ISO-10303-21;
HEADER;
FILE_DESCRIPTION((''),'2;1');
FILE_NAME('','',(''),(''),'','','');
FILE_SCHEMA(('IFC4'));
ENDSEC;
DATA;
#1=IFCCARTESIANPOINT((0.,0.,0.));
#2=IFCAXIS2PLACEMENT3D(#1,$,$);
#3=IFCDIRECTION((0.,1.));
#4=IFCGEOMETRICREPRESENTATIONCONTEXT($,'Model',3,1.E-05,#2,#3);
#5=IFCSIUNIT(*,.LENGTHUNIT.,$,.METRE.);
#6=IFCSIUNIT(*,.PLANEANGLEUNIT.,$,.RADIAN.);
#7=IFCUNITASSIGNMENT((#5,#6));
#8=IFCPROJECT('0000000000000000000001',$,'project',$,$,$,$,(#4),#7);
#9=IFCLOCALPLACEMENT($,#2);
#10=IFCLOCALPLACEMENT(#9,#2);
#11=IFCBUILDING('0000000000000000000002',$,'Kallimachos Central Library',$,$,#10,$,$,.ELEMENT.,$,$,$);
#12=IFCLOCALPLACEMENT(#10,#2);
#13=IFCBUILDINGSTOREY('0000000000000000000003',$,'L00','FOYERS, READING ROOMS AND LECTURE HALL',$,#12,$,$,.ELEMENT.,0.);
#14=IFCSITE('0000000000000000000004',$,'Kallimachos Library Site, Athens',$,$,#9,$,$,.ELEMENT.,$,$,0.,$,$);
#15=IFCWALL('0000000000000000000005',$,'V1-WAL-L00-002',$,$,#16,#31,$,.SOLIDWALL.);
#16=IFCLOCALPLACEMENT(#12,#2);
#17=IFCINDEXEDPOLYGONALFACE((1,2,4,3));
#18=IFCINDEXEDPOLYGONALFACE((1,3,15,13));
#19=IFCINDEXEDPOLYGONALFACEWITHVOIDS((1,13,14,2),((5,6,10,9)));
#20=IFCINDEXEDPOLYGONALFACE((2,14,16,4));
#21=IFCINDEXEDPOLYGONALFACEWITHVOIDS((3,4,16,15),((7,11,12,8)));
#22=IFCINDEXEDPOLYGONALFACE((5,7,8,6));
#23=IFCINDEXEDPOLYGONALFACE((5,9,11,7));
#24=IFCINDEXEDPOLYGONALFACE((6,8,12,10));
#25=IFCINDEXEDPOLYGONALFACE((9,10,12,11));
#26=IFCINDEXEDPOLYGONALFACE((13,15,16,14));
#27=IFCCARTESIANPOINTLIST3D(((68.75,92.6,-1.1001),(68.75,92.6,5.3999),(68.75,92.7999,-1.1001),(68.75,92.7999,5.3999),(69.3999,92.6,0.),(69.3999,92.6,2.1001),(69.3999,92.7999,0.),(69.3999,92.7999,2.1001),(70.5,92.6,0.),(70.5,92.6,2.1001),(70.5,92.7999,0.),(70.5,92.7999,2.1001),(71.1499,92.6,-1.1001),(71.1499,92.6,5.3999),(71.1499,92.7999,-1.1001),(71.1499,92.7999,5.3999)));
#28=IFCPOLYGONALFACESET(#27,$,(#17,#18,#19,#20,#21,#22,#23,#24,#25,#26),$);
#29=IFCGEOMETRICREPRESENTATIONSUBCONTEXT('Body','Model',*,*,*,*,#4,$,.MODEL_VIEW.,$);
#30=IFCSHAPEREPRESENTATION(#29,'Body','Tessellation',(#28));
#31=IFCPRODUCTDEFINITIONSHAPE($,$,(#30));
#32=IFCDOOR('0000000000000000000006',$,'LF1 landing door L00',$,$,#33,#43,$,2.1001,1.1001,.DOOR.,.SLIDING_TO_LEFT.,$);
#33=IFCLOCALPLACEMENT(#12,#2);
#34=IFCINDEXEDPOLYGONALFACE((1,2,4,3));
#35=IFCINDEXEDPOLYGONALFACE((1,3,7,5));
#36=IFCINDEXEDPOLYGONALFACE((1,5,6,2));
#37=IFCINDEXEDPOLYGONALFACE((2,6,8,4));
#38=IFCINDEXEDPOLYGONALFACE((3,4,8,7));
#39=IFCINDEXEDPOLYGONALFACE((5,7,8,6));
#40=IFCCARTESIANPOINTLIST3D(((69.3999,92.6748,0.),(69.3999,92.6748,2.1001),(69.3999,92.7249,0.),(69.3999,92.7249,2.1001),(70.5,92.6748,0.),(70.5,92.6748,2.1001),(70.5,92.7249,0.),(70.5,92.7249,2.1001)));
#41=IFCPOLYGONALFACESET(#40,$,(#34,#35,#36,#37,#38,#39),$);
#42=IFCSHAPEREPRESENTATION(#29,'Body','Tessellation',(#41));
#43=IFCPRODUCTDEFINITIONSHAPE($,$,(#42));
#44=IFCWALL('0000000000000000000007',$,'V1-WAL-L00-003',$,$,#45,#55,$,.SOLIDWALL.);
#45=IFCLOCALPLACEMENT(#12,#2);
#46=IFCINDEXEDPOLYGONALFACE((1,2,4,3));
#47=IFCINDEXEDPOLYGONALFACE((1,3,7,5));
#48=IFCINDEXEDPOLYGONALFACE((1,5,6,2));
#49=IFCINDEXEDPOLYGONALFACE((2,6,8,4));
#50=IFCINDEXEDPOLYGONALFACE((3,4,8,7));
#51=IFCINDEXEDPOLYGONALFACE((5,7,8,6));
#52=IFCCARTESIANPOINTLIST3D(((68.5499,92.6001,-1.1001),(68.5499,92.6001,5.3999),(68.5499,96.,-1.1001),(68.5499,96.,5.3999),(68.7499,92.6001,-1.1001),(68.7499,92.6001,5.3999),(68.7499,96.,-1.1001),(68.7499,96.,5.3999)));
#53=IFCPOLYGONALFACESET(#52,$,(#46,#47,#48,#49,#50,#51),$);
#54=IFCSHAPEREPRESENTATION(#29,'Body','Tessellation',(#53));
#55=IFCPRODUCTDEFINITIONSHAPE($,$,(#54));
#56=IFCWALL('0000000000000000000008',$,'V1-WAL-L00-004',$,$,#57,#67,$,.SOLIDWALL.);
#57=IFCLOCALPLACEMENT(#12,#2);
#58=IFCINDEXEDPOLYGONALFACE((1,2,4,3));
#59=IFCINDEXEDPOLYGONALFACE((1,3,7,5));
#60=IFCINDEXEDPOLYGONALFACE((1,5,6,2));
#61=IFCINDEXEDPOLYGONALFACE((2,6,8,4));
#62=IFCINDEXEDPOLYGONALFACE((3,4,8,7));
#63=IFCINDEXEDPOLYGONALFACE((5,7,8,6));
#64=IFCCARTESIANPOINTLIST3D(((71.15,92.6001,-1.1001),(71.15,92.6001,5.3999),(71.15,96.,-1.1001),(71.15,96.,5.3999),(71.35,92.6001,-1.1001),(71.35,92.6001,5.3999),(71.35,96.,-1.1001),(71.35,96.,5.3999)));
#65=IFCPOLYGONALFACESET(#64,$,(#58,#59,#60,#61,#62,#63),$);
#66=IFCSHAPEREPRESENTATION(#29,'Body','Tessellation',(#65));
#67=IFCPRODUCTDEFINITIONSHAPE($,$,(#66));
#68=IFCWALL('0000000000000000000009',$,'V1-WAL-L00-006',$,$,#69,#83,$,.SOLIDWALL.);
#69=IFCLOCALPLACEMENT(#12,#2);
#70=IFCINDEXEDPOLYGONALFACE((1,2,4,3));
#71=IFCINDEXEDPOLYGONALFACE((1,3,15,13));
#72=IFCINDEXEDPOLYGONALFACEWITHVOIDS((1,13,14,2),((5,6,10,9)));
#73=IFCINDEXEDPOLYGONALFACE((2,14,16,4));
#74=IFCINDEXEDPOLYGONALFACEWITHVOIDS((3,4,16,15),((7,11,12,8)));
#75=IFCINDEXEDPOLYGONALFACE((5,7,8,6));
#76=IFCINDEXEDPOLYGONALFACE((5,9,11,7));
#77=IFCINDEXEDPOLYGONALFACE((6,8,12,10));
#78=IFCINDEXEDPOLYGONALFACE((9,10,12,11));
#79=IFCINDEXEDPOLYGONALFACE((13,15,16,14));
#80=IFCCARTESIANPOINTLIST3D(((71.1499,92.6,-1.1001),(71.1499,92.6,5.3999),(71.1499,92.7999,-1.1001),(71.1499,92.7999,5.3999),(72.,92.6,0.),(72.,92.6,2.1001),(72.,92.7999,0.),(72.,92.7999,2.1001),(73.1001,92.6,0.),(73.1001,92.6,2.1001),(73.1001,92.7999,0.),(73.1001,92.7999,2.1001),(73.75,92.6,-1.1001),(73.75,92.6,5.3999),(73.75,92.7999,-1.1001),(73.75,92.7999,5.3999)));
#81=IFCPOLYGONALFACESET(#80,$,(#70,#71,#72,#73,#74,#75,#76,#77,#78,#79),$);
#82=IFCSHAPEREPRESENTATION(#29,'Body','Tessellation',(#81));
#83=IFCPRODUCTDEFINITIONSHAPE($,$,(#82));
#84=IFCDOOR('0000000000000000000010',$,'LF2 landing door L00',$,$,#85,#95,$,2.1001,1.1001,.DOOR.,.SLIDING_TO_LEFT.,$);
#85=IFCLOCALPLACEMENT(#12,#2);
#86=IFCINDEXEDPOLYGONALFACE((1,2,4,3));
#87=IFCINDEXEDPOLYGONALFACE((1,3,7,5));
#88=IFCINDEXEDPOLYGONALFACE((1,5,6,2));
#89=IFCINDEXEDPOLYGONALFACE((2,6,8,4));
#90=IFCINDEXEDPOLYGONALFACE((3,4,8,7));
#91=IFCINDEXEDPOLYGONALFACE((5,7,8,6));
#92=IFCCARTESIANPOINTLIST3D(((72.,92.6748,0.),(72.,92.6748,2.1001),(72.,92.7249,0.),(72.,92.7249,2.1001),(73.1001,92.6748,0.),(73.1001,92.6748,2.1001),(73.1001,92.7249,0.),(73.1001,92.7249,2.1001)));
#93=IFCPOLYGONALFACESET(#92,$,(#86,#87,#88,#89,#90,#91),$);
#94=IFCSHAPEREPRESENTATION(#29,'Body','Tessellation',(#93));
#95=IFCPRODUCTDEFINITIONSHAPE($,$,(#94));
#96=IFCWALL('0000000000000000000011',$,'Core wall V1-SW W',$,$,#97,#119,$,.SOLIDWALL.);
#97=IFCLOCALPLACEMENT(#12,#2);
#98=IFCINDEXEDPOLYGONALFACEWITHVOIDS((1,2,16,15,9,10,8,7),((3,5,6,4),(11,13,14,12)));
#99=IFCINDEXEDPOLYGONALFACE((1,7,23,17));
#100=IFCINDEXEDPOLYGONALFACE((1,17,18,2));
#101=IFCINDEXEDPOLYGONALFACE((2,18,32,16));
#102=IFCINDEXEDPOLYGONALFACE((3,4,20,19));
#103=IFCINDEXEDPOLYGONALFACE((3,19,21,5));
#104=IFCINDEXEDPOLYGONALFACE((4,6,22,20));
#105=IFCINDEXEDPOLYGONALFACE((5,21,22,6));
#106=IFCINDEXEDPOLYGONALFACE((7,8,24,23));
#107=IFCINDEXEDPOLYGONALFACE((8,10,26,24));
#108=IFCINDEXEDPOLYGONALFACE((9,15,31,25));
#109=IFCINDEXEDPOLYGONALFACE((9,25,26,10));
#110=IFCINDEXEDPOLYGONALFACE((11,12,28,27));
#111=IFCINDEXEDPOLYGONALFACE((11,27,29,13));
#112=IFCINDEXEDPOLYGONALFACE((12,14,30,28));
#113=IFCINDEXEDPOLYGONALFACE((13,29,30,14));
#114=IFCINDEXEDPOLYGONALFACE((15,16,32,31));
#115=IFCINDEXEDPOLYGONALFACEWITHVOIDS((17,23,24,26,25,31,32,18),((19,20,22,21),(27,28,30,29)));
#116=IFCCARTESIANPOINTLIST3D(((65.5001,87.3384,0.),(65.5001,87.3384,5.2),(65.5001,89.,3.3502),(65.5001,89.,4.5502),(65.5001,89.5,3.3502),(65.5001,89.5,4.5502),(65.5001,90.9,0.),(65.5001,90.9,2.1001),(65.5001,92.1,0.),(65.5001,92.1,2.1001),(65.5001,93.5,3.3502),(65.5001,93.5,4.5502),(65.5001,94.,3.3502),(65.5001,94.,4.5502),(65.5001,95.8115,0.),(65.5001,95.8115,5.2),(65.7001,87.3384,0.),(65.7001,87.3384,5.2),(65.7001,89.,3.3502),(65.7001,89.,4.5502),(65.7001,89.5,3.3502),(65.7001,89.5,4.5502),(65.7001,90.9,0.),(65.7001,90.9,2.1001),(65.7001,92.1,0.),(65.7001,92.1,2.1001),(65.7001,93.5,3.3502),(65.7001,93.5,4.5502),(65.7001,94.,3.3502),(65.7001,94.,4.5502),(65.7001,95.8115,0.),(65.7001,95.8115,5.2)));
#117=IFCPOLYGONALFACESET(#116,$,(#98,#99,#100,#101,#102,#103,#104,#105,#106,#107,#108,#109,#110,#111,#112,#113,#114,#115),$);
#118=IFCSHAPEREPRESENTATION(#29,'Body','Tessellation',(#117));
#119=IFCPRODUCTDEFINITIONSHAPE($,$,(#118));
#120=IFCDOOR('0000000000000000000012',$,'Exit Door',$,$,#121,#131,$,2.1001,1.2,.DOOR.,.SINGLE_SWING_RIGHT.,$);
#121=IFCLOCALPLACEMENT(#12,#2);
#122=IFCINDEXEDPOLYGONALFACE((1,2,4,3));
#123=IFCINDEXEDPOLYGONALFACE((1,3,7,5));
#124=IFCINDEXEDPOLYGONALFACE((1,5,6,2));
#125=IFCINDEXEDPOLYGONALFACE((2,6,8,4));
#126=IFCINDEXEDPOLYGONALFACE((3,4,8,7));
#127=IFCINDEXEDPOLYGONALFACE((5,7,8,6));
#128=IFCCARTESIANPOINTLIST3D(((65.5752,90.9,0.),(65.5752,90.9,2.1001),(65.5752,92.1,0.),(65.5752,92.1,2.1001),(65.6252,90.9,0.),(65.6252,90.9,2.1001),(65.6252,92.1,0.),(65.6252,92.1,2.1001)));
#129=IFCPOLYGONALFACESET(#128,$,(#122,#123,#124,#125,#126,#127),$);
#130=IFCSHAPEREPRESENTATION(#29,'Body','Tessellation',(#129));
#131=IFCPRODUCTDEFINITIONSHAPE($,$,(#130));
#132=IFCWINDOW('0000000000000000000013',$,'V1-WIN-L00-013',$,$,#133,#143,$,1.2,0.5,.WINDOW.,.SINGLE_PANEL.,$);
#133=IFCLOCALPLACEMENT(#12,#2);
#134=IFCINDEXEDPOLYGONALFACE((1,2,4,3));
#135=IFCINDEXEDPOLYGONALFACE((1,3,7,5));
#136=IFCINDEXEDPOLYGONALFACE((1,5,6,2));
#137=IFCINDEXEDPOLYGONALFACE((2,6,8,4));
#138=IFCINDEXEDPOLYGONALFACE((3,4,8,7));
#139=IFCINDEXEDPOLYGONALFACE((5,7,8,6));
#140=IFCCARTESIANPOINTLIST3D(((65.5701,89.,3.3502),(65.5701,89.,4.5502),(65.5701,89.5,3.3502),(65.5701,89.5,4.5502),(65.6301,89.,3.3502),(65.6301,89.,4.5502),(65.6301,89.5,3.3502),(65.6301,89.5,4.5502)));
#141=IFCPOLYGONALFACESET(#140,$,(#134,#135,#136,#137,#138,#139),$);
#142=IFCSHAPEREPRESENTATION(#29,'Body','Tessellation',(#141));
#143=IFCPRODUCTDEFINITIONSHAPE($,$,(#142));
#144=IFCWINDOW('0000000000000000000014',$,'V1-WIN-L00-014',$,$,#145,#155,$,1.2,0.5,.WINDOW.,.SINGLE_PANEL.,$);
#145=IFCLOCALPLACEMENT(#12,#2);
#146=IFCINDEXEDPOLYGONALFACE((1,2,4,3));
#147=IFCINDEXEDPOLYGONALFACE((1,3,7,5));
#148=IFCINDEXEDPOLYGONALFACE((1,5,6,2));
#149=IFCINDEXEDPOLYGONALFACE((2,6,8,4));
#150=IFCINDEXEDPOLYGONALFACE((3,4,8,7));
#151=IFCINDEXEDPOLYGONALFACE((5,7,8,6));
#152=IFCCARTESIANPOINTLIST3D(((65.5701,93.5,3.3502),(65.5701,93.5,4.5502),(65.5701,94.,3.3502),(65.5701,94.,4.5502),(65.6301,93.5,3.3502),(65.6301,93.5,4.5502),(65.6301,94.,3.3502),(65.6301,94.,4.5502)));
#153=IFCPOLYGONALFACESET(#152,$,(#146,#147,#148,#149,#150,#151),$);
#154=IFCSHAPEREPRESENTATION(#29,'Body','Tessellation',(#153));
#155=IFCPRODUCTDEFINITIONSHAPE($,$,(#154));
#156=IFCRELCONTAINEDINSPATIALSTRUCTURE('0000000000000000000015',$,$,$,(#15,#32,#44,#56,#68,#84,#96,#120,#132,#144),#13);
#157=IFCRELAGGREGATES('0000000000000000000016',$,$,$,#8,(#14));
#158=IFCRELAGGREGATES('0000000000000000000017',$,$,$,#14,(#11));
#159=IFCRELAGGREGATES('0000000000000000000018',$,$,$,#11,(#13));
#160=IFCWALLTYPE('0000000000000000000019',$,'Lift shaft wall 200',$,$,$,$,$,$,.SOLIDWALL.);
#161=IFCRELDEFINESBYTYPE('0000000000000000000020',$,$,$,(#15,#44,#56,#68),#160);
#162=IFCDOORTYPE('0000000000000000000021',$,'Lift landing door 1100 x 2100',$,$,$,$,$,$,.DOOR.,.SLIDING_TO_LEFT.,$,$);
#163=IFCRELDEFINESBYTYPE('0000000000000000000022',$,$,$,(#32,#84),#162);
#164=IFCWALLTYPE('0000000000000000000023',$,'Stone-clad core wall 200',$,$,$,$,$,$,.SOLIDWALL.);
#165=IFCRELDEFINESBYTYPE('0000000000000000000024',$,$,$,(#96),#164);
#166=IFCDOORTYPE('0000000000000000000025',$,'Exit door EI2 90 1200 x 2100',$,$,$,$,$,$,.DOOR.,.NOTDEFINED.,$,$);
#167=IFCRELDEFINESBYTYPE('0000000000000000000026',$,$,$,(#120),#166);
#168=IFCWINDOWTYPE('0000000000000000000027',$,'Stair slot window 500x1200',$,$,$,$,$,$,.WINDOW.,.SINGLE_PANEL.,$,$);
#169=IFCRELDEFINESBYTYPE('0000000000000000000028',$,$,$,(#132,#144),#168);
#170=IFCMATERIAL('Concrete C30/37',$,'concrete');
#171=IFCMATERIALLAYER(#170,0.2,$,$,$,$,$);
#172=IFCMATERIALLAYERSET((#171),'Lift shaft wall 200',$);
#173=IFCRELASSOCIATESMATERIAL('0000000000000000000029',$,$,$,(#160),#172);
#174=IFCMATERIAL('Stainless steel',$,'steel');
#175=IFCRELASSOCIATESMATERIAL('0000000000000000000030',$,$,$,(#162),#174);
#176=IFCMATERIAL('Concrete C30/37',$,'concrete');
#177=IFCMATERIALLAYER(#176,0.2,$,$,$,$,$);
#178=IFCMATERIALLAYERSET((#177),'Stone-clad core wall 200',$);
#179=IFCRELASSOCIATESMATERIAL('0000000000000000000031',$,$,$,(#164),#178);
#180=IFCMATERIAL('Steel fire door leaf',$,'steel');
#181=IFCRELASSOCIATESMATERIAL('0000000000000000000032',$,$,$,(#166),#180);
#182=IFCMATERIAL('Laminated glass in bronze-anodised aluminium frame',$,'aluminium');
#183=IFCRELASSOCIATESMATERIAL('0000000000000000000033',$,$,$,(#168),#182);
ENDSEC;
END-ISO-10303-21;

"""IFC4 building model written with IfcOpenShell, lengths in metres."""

from ifc_helpers import new_model, si_unit, direction, frame, frame_2d, origin, place, context, subcontext, project, spatial, rectangle, extrude, material, layer, layer_set, type_object, element, fill, save


model = new_model("IFC4")

# Units and contexts
model_context = context("Model", 3, precision=1e-05, world=origin(), true_north=direction((0.0, 1.0)))
body_context = subcontext(model_context, "Body", "Model", "MODEL_VIEW")
ifc_project = project(units=[si_unit("LENGTHUNIT", "METRE"), si_unit("PLANEANGLEUNIT", "RADIAN")], contexts=[model_context])

# Site, building, storey
site_placement = place(None, origin())
site = spatial("IfcSite", under=ifc_project, at=site_placement, Name="Kallimachos Library Site, Athens", CompositionType="ELEMENT", RefElevation=0.0)
building_placement = place(site_placement, origin())
building = spatial("IfcBuilding", under=site, at=building_placement, Name="Kallimachos Central Library", CompositionType="ELEMENT")
storey_placement = place(building_placement, origin())
storey = spatial("IfcBuildingStorey", under=building, at=storey_placement, Name="L00", Description="FOYERS, READING ROOMS AND LECTURE HALL", CompositionType="ELEMENT", Elevation=0.0)

# Wall, opening, door
ifc_material_1 = material(Name="Concrete C30/37", Category="concrete")
ifc_layer_1 = layer(ifc_material_1, 0.2)
ifc_layer_set_1 = layer_set([ifc_layer_1], Name="Lift shaft wall 200")
wall_type_1 = type_object("IfcWallType", Name="Lift shaft wall 200", PredefinedType="SOLIDWALL", material=ifc_layer_set_1)
wall_1_placement = place(storey_placement, frame((68.75, 92.7, -1.1001), z_axis=(0.0, 0.0, 1.0), x_axis=(1.0, 0.0, 0.0)))
wall_1 = element("IfcWall", 1, at=wall_1_placement, inside=storey, type_object=wall_type_1, Name="V1-WAL-L00-002", PredefinedType="SOLIDWALL", context=body_context, shape_type="SweptSolid", body=[
    extrude(rectangle(XDim=2.3999, YDim=0.2, at=frame_2d((1.2, 0.0))), origin(), (0.0, 0.0, 1.0), 6.5),
])
opening_1_placement = place(wall_1_placement, frame((0.6499, 0.0, 1.1001)))
opening_1 = element("IfcOpeningElement", 2, at=opening_1_placement, cuts=wall_1, PredefinedType="OPENING", context=body_context, shape_type="SweptSolid", body=[
    extrude(rectangle(XDim=1.1001, YDim=2.1001, at=frame_2d((0.55, 1.05))), frame((0.0, 0.1099, 0.0), z_axis=(0.0, -1.0, 0.0), x_axis=(1.0, 0.0, 0.0)), (0.0, 0.0, 1.0), 0.22),
])
ifc_material_2 = material(Name="Stainless steel", Category="steel")
door_type_1 = type_object("IfcDoorType", Name="Lift landing door 1100 x 2100", OperationType="SLIDING_TO_LEFT", PredefinedType="DOOR", material=ifc_material_2)
door_1_placement = place(opening_1_placement, origin())
door_1 = element("IfcDoor", 3, at=door_1_placement, inside=storey, type_object=door_type_1, Name="LF1 landing door L00", OperationType="SLIDING_TO_LEFT", OverallHeight=2.1001, OverallWidth=1.1001, PredefinedType="DOOR", context=body_context, shape_type="SweptSolid", body=[
    extrude(rectangle(XDim=1.1001, YDim=2.1001, at=frame_2d((0.55, 1.05))), frame((0.0, 0.0249, 0.0), z_axis=(0.0, -1.0, 0.0), x_axis=(1.0, 0.0, 0.0)), (0.0, 0.0, 1.0), 0.05),
])
fill(opening_1, door_1)

# Walls
for number, where, z_axis, x_axis, name in (
    (4, (68.6499, 92.6001, -1.1001), (0.0, 0.0, 1.0), (0.0, 1.0, 0.0), "V1-WAL-L00-003"),
    (5, (71.25, 92.6001, -1.1001), (0.0, 0.0, 1.0), (0.0, 1.0, 0.0), "V1-WAL-L00-004"),
):
    element("IfcWall", number, at=place(storey_placement, frame(where, z_axis=z_axis, x_axis=x_axis)), inside=storey, type_object=wall_type_1, Name=name, PredefinedType="SOLIDWALL", context=body_context, shape_type="SweptSolid", body=[
        extrude(rectangle(XDim=3.3999, YDim=0.2, at=frame_2d((1.7, 0.0))), origin(), (0.0, 0.0, 1.0), 6.5),
    ])

# Wall, opening, door
wall_2_placement = place(storey_placement, frame((71.1499, 92.7, -1.1001), z_axis=(0.0, 0.0, 1.0), x_axis=(1.0, 0.0, 0.0)))
wall_2 = element("IfcWall", 6, at=wall_2_placement, inside=storey, type_object=wall_type_1, Name="V1-WAL-L00-006", PredefinedType="SOLIDWALL", context=body_context, shape_type="SweptSolid", body=[
    extrude(rectangle(XDim=2.6001, YDim=0.2, at=frame_2d((1.3, 0.0))), origin(), (0.0, 0.0, 1.0), 6.5),
])
opening_2_placement = place(wall_2_placement, frame((0.8501, 0.0, 1.1001)))
opening_2 = element("IfcOpeningElement", 7, at=opening_2_placement, cuts=wall_2, PredefinedType="OPENING", context=body_context, shape_type="SweptSolid", body=[
    extrude(rectangle(XDim=1.1001, YDim=2.1001, at=frame_2d((0.55, 1.05))), frame((0.0, 0.1099, 0.0), z_axis=(0.0, -1.0, 0.0), x_axis=(1.0, 0.0, 0.0)), (0.0, 0.0, 1.0), 0.22),
])
door_2_placement = place(opening_2_placement, origin())
door_2 = element("IfcDoor", 8, at=door_2_placement, inside=storey, type_object=door_type_1, Name="LF2 landing door L00", OperationType="SLIDING_TO_LEFT", OverallHeight=2.1001, OverallWidth=1.1001, PredefinedType="DOOR", context=body_context, shape_type="SweptSolid", body=[
    extrude(rectangle(XDim=1.1001, YDim=2.1001, at=frame_2d((0.55, 1.05))), frame((0.0, 0.0249, 0.0), z_axis=(0.0, -1.0, 0.0), x_axis=(1.0, 0.0, 0.0)), (0.0, 0.0, 1.0), 0.05),
])
fill(opening_2, door_2)

# Wall, openings, door, windows
ifc_material_3 = material(Name="Concrete C30/37", Category="concrete")
ifc_layer_2 = layer(ifc_material_3, 0.2)
ifc_layer_set_2 = layer_set([ifc_layer_2], Name="Stone-clad core wall 200")
wall_type_2 = type_object("IfcWallType", Name="Stone-clad core wall 200", PredefinedType="SOLIDWALL", material=ifc_layer_set_2)
wall_3_placement = place(storey_placement, frame((65.6001, 87.3384, 0.0), z_axis=(0.0, 0.0, 1.0), x_axis=(0.0, 1.0, 0.0)))
wall_3 = element("IfcWall", 9, at=wall_3_placement, inside=storey, type_object=wall_type_2, Name="Core wall V1-SW W", PredefinedType="SOLIDWALL", context=body_context, shape_type="SweptSolid", body=[
    extrude(rectangle(XDim=8.4731, YDim=0.2, at=frame_2d((4.2366, 0.0))), origin(), (0.0, 0.0, 1.0), 5.2),
])
opening_3_placement = place(wall_3_placement, frame((1.6616, 0.0, 3.3501)))
opening_3 = element("IfcOpeningElement", 10, at=opening_3_placement, cuts=wall_3, PredefinedType="OPENING", context=body_context, shape_type="SweptSolid", body=[
    extrude(rectangle(XDim=0.5, YDim=1.2, at=frame_2d((0.25, 0.6001))), frame((0.0, 0.1099, 0.0), z_axis=(0.0, -1.0, 0.0), x_axis=(1.0, 0.0, 0.0)), (0.0, 0.0, 1.0), 0.22),
])
opening_4_placement = place(wall_3_placement, frame((6.1616, 0.0, 3.3501)))
opening_4 = element("IfcOpeningElement", 11, at=opening_4_placement, cuts=wall_3, PredefinedType="OPENING", context=body_context, shape_type="SweptSolid", body=[
    extrude(rectangle(XDim=0.5, YDim=1.2, at=frame_2d((0.25, 0.6001))), frame((0.0, 0.1099, 0.0), z_axis=(0.0, -1.0, 0.0), x_axis=(1.0, 0.0, 0.0)), (0.0, 0.0, 1.0), 0.22),
])
opening_5_placement = place(wall_3_placement, frame((3.5615, 0.0, 0.0)))
opening_5 = element("IfcOpeningElement", 12, at=opening_5_placement, cuts=wall_3, PredefinedType="OPENING", context=body_context, shape_type="SweptSolid", body=[
    extrude(rectangle(XDim=1.2, YDim=2.1001, at=frame_2d((0.6001, 1.05))), frame((0.0, 0.1099, 0.0), z_axis=(0.0, -1.0, 0.0), x_axis=(1.0, 0.0, 0.0)), (0.0, 0.0, 1.0), 0.22),
])
ifc_material_4 = material(Name="Steel fire door leaf", Category="steel")
door_type_2 = type_object("IfcDoorType", Name="Exit door EI2 90 1200 x 2100", OperationType="NOTDEFINED", PredefinedType="DOOR", material=ifc_material_4)
door_3_placement = place(opening_5_placement, origin())
door_3 = element("IfcDoor", 13, at=door_3_placement, inside=storey, type_object=door_type_2, Name="Exit Door", OperationType="SINGLE_SWING_RIGHT", OverallHeight=2.1001, OverallWidth=1.2, PredefinedType="DOOR", context=body_context, shape_type="SweptSolid", body=[
    extrude(rectangle(XDim=1.2, YDim=2.1001, at=frame_2d((0.6001, 1.05))), frame((0.0, 0.0249, 0.0), z_axis=(0.0, -1.0, 0.0), x_axis=(1.0, 0.0, 0.0)), (0.0, 0.0, 1.0), 0.05),
])
fill(opening_5, door_3)
ifc_material_5 = material(Name="Laminated glass in bronze-anodised aluminium frame", Category="aluminium")
window_type = type_object("IfcWindowType", Name="Stair slot window 500x1200", PartitioningType="SINGLE_PANEL", PredefinedType="WINDOW", material=ifc_material_5)
window_1_placement = place(opening_3_placement, origin())
window_1 = element("IfcWindow", 14, at=window_1_placement, inside=storey, type_object=window_type, Name="V1-WIN-L00-013", OverallHeight=1.2, OverallWidth=0.5, PartitioningType="SINGLE_PANEL", PredefinedType="WINDOW", context=body_context, shape_type="SweptSolid", body=[
    extrude(rectangle(XDim=0.5, YDim=1.2, at=frame_2d((0.25, 0.6001))), frame((0.0, 0.03, 0.0), z_axis=(0.0, -1.0, 0.0), x_axis=(1.0, 0.0, 0.0)), (0.0, 0.0, 1.0), 0.0601),
])
fill(opening_3, window_1)
window_2_placement = place(opening_4_placement, origin())
window_2 = element("IfcWindow", 15, at=window_2_placement, inside=storey, type_object=window_type, Name="V1-WIN-L00-014", OverallHeight=1.2, OverallWidth=0.5, PartitioningType="SINGLE_PANEL", PredefinedType="WINDOW", context=body_context, shape_type="SweptSolid", body=[
    extrude(rectangle(XDim=0.5, YDim=1.2, at=frame_2d((0.25, 0.6001))), frame((0.0, 0.03, 0.0), z_axis=(0.0, -1.0, 0.0), x_axis=(1.0, 0.0, 0.0)), (0.0, 0.0, 1.0), 0.0601),
])
fill(opening_4, window_2)

save(model, "model.ifc")
